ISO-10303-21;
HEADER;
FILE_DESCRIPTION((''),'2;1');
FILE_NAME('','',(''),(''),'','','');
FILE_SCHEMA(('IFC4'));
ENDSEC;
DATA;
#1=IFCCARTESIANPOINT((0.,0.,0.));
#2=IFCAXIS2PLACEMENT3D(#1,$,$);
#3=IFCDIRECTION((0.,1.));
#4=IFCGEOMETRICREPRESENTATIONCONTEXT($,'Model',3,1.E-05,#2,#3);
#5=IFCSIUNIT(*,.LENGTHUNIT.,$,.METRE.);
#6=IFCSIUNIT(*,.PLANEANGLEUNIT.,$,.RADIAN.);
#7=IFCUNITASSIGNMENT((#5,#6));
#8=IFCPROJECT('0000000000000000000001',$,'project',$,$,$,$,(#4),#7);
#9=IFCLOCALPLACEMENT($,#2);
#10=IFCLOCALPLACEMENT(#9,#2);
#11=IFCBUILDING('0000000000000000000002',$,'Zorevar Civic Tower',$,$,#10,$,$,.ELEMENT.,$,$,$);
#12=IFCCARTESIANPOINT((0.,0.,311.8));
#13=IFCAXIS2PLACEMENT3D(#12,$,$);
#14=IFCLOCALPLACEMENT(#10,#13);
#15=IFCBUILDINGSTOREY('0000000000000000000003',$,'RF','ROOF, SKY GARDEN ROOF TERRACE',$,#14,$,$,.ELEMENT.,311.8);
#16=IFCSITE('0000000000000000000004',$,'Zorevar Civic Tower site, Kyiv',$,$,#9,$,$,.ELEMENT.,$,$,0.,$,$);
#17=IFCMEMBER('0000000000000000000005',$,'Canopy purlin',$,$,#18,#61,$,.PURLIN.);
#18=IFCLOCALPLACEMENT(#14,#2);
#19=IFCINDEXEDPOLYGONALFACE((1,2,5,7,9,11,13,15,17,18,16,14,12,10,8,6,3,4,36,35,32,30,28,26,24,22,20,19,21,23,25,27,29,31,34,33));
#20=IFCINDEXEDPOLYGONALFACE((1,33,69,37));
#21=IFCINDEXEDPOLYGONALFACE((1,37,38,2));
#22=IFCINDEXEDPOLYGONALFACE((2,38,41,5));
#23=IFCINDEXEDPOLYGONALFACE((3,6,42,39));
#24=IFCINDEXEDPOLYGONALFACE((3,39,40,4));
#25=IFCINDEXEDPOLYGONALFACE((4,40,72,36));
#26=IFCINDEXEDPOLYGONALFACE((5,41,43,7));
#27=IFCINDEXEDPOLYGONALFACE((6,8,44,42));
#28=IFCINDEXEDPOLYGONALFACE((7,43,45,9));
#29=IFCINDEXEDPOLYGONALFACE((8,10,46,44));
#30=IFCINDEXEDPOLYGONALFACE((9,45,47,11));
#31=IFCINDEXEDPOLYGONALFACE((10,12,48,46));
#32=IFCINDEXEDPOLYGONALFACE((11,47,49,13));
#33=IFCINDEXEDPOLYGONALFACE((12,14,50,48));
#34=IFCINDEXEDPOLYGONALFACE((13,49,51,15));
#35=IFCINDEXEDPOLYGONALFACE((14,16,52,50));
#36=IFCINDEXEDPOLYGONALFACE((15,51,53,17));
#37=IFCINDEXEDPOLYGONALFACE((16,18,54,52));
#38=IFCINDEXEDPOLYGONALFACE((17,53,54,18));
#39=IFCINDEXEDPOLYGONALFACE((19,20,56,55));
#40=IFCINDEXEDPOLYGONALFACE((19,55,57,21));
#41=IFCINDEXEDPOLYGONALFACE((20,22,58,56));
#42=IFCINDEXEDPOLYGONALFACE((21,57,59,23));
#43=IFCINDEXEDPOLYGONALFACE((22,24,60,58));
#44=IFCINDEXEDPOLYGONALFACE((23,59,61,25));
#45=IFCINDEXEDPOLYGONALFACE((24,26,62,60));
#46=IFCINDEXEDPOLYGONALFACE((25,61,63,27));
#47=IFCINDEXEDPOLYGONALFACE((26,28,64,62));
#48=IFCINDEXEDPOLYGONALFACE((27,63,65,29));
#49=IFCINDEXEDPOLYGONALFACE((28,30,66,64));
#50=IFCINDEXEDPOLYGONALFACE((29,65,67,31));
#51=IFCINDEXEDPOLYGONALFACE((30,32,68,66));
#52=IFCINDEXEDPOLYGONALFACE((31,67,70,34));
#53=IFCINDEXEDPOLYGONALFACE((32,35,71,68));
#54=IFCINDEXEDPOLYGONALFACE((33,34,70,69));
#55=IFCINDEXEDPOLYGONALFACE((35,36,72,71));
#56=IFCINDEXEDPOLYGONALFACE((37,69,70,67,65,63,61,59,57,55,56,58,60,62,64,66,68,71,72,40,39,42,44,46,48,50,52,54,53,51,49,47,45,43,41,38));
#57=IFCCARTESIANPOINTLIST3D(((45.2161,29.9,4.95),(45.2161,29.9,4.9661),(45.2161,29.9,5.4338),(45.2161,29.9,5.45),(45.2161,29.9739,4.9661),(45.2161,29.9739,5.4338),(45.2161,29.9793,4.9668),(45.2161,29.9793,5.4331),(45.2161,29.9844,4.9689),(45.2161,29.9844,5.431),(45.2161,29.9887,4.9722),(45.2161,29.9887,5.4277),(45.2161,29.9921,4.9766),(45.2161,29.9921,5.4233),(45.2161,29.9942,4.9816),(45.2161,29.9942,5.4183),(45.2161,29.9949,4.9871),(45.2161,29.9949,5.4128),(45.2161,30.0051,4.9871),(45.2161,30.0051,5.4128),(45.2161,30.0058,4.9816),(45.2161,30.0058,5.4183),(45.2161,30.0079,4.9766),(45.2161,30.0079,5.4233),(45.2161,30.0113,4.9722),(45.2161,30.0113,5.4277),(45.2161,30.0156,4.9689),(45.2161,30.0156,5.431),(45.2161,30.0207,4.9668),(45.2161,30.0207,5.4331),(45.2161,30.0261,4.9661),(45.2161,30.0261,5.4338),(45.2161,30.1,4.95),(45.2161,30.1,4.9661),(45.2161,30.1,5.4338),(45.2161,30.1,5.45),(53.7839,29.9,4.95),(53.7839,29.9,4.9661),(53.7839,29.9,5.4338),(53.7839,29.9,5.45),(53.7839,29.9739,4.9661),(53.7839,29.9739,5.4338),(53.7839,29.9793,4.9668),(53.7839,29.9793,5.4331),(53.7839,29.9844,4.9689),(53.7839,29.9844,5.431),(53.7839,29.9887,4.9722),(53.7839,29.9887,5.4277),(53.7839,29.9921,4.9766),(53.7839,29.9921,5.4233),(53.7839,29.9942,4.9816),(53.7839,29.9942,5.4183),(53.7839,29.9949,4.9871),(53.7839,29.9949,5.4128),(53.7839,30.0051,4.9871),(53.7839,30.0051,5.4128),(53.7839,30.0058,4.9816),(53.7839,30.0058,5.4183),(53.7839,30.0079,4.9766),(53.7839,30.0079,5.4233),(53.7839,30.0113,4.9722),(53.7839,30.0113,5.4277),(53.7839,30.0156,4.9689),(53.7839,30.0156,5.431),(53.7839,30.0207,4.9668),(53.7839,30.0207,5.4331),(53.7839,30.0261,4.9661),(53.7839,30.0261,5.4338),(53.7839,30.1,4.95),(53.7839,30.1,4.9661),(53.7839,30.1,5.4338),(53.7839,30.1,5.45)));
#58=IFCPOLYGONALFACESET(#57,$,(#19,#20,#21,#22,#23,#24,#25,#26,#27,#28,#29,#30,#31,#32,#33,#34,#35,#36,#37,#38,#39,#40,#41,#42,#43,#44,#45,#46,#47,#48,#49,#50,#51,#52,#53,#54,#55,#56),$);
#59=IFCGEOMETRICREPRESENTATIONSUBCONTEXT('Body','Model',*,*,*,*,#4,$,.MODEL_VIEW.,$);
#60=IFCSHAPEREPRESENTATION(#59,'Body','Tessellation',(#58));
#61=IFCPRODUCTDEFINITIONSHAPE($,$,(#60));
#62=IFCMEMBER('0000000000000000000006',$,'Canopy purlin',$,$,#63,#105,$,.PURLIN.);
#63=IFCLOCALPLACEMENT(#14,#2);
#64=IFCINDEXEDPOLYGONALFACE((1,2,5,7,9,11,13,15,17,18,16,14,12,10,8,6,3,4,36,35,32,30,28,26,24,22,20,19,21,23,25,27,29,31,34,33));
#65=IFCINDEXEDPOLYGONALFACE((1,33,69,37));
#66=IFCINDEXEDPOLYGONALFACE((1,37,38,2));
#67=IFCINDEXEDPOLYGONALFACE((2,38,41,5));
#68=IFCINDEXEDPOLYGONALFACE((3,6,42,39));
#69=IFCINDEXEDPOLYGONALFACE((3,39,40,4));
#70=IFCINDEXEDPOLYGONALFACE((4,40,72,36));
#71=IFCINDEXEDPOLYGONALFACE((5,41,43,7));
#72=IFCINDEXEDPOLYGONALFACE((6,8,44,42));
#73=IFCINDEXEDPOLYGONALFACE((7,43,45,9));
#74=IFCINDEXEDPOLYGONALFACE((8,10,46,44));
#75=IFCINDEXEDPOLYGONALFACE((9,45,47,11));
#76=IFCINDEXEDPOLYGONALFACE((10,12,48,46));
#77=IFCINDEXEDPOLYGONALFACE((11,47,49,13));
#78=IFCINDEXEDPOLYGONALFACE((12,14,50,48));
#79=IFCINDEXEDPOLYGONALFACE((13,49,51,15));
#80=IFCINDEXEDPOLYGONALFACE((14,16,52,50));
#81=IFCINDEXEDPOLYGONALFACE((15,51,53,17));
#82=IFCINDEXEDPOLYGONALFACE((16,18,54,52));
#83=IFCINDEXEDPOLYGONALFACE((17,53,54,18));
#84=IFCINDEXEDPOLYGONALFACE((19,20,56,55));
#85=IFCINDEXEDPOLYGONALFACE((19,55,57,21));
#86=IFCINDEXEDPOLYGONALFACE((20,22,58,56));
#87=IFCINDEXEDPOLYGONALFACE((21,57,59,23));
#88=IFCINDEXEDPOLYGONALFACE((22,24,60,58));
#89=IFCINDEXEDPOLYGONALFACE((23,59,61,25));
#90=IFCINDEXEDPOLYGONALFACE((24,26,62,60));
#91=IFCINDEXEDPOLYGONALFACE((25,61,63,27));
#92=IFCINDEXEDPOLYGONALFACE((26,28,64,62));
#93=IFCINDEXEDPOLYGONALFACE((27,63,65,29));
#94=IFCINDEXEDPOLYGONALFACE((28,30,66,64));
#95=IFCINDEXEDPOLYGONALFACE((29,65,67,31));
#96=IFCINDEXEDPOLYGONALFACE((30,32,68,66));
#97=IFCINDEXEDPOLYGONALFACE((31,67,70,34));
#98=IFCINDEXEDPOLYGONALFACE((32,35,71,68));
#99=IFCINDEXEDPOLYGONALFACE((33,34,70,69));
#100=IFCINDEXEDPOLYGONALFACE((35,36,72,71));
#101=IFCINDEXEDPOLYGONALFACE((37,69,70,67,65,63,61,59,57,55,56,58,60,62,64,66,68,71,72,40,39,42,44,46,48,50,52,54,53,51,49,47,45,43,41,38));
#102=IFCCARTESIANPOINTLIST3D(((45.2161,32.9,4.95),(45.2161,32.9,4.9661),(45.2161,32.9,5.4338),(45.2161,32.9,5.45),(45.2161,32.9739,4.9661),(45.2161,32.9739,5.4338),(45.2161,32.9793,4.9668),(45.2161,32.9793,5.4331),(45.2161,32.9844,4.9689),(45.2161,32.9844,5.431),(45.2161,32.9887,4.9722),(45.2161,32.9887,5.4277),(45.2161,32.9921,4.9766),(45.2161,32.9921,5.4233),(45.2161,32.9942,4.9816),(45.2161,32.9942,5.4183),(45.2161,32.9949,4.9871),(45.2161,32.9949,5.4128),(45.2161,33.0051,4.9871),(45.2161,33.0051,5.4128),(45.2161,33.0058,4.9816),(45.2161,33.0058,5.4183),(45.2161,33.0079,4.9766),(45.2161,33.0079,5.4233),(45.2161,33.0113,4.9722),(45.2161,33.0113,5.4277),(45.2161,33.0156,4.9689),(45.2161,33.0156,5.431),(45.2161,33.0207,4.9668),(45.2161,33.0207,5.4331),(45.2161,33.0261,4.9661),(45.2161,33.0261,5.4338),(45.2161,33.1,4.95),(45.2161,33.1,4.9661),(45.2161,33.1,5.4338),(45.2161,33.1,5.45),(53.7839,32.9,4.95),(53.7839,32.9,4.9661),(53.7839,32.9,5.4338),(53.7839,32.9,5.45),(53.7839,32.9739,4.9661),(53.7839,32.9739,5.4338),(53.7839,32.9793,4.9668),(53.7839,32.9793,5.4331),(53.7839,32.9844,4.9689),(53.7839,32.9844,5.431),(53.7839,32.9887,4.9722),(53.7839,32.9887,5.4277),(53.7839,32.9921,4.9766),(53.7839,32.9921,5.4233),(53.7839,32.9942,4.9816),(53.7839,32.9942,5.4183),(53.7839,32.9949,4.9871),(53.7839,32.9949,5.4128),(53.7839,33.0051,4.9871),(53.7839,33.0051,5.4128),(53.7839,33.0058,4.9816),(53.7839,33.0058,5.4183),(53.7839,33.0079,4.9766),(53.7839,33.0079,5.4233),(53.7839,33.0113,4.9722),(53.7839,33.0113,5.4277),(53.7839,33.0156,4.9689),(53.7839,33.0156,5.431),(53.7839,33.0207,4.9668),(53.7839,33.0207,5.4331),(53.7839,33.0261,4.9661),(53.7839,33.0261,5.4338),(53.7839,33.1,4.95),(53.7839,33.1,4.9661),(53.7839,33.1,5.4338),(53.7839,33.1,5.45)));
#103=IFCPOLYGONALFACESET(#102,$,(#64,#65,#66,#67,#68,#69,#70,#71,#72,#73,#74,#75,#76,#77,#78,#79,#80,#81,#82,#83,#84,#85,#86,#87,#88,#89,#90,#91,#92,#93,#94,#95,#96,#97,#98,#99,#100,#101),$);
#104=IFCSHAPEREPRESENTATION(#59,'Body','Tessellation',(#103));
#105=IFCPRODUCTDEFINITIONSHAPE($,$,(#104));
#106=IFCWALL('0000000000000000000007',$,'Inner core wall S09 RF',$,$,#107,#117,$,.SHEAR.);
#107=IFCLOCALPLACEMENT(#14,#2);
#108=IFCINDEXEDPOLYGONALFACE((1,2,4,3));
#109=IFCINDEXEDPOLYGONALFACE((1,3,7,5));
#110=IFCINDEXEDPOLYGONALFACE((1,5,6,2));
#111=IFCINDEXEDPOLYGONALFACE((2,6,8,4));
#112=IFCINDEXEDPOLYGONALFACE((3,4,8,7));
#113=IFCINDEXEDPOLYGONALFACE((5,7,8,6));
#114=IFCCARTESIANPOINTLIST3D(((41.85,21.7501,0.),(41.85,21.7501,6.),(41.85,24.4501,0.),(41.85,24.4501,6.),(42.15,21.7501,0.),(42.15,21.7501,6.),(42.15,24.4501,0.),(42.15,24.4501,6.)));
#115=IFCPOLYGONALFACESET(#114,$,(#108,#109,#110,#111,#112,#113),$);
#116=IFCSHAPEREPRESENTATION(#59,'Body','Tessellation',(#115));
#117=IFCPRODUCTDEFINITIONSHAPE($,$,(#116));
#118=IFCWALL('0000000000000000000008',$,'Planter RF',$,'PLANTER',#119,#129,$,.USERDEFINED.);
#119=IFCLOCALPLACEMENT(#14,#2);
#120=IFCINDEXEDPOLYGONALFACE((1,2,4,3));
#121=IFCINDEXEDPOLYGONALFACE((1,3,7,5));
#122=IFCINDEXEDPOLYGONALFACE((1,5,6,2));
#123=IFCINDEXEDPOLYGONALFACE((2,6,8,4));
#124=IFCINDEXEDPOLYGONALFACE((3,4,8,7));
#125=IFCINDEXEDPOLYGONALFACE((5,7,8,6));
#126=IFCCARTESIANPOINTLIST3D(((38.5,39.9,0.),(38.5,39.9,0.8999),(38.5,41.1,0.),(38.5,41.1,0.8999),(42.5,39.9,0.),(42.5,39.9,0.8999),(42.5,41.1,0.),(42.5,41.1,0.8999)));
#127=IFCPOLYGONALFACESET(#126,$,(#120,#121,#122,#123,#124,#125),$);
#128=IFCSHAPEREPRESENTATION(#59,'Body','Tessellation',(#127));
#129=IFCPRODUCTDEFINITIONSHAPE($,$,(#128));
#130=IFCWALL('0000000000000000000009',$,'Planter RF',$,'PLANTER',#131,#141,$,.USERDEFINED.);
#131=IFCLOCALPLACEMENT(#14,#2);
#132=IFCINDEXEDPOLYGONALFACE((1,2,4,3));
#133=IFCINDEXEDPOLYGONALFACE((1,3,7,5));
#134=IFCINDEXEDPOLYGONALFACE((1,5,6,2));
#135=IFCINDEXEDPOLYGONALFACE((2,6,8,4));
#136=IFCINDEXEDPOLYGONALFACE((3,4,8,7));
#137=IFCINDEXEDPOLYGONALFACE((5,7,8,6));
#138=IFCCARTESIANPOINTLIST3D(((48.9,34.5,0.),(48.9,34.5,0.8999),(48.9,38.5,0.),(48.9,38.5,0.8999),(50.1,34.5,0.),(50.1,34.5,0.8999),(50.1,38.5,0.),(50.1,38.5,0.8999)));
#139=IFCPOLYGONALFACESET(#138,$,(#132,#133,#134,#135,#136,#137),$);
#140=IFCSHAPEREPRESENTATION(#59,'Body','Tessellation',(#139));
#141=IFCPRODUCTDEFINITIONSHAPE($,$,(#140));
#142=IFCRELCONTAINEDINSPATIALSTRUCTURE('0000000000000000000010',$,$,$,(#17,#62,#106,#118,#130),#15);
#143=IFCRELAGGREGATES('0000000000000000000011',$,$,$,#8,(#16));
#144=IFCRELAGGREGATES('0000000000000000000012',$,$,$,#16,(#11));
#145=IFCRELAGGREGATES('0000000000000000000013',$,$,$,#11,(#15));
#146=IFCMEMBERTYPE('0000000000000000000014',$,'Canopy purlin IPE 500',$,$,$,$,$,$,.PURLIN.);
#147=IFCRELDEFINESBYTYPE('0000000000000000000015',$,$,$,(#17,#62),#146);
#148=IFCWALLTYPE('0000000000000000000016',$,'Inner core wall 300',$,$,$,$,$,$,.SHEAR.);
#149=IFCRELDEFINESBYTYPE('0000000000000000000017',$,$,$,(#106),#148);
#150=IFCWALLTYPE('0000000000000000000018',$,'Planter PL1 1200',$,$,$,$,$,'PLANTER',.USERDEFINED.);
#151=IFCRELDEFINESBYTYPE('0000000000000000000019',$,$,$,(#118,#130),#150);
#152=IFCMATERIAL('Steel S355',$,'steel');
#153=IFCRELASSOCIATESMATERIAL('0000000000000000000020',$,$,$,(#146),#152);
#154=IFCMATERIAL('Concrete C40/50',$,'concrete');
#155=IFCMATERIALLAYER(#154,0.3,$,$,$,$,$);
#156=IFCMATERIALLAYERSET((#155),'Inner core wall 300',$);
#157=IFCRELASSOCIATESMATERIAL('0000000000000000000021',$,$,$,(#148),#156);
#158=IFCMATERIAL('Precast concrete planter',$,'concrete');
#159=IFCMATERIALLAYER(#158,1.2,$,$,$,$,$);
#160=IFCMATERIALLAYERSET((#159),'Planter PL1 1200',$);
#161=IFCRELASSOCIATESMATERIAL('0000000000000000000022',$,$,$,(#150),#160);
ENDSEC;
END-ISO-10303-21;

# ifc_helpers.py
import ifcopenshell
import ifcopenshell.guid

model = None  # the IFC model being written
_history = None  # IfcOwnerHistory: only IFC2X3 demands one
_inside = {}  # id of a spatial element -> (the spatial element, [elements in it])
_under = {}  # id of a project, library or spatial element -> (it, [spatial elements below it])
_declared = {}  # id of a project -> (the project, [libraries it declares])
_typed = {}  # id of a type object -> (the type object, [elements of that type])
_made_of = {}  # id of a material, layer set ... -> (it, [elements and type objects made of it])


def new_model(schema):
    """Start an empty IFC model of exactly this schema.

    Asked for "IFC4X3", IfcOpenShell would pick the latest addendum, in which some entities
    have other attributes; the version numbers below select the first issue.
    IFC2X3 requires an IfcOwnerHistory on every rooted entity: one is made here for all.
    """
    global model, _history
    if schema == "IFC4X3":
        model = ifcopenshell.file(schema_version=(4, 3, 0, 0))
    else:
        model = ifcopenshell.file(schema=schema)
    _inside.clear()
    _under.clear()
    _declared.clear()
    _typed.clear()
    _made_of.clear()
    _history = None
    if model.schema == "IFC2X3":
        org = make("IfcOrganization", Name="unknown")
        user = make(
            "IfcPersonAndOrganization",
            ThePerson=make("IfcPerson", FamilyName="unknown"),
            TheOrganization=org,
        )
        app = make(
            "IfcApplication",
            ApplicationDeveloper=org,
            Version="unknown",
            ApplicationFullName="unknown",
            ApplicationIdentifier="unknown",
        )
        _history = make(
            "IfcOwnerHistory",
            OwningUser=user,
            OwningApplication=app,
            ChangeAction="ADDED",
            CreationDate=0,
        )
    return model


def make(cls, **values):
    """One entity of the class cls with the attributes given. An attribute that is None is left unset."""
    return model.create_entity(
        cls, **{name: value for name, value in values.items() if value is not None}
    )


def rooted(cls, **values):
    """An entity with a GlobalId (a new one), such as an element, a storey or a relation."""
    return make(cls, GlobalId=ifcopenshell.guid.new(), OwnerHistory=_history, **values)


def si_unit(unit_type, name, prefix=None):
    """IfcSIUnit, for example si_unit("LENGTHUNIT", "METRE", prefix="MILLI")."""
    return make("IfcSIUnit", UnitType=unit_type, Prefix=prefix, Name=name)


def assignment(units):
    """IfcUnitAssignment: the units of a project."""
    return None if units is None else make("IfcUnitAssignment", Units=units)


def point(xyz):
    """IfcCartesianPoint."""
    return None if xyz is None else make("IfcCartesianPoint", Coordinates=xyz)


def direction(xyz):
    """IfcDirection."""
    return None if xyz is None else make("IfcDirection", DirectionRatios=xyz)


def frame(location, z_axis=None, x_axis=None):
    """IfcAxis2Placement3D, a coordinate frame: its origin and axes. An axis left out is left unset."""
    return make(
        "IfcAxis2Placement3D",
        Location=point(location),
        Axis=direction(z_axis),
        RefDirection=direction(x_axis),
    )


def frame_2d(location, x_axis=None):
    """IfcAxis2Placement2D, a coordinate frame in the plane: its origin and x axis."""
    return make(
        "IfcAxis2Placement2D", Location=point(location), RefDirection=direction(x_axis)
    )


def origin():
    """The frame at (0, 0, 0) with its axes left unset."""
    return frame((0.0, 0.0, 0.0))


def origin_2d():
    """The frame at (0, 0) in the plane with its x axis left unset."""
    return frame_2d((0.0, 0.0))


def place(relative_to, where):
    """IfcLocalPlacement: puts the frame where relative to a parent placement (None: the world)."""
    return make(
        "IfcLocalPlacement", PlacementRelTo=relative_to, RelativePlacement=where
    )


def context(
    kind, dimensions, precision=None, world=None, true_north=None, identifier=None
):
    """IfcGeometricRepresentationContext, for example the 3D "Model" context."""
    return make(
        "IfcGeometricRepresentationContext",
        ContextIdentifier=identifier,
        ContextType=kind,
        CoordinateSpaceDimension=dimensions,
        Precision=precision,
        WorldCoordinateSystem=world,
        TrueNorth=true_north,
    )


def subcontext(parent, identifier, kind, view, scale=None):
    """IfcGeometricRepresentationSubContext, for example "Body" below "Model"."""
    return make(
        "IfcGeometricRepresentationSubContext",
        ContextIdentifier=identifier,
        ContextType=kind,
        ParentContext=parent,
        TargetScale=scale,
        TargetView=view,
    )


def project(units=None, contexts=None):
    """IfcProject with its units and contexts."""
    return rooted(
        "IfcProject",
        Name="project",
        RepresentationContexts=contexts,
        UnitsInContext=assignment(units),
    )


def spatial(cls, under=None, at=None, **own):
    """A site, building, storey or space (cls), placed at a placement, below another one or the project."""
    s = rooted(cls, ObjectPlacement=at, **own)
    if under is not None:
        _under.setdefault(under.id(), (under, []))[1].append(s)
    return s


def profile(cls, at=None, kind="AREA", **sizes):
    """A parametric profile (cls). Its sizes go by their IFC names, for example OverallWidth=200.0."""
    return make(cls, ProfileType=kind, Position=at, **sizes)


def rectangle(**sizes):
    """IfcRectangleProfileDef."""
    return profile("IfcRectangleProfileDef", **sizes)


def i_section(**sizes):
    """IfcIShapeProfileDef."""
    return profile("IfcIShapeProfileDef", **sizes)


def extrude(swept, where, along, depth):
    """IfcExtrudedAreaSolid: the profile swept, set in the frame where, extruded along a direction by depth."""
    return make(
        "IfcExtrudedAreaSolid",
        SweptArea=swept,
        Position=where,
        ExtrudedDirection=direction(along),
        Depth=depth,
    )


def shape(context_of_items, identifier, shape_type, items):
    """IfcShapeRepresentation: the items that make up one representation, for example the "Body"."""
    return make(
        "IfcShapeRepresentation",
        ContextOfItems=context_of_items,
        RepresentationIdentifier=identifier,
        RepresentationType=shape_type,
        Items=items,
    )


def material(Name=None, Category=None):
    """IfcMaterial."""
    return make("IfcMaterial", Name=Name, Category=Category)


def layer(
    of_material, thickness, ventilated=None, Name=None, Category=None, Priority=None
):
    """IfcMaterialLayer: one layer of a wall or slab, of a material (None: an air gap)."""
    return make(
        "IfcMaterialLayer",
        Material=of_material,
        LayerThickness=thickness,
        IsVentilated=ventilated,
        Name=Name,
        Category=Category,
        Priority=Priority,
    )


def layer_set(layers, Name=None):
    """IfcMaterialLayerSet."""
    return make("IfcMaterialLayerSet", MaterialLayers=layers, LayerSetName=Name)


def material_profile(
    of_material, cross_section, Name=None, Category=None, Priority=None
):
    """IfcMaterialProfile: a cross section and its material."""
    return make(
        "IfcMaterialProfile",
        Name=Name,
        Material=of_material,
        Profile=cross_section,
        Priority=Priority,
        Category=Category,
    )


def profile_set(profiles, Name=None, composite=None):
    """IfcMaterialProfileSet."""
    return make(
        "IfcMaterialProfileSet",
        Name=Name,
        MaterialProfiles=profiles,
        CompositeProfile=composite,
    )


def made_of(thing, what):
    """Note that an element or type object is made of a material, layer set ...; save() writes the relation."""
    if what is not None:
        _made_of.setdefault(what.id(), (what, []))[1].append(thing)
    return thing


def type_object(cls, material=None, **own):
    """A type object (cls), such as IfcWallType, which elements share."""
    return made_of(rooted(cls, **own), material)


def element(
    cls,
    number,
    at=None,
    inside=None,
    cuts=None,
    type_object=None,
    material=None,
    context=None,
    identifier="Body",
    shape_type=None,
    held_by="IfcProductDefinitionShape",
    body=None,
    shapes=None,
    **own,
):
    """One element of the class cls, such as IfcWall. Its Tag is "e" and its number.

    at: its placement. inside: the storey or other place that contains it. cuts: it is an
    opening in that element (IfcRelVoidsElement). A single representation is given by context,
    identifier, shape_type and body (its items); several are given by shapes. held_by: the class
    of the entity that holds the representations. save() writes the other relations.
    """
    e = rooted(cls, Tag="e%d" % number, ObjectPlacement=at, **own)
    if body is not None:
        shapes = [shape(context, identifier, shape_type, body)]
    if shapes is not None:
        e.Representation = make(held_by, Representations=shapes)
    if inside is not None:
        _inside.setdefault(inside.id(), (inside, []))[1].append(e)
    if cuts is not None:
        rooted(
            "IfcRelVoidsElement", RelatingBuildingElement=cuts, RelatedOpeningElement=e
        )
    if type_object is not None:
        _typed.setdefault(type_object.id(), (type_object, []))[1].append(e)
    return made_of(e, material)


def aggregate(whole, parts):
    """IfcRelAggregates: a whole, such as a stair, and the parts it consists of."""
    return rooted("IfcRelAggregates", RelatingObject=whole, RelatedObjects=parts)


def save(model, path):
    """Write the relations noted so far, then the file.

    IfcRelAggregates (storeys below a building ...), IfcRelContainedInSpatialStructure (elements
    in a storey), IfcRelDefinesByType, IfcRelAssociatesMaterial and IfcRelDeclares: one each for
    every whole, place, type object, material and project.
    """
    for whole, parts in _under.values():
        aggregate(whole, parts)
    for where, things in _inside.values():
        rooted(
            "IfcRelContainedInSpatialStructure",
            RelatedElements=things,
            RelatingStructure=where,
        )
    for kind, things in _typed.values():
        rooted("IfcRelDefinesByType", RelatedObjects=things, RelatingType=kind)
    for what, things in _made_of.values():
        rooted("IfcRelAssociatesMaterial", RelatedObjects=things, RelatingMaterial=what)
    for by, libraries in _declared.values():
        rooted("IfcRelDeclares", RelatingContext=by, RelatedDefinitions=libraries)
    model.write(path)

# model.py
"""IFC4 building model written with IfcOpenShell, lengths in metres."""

from ifc_helpers import new_model, si_unit, direction, frame, frame_2d, origin, origin_2d, place, context, subcontext, project, spatial, rectangle, i_section, extrude, material, layer, layer_set, material_profile, profile_set, type_object, element, save


model = new_model("IFC4")

# Units and contexts
model_context = context("Model", 3, precision=1e-05, world=origin(), true_north=direction((0.0, 1.0)))
body_context = subcontext(model_context, "Body", "Model", "MODEL_VIEW")
ifc_project = project(units=[si_unit("LENGTHUNIT", "METRE"), si_unit("PLANEANGLEUNIT", "RADIAN")], contexts=[model_context])

# Site, building, storey
site_placement = place(None, origin())
site = spatial("IfcSite", under=ifc_project, at=site_placement, Name="Zorevar Civic Tower site, Kyiv", CompositionType="ELEMENT", RefElevation=0.0)
building_placement = place(site_placement, origin())
building = spatial("IfcBuilding", under=site, at=building_placement, Name="Zorevar Civic Tower", CompositionType="ELEMENT")
storey_placement = place(building_placement, frame((0.0, 0.0, 311.8)))
storey = spatial("IfcBuildingStorey", under=building, at=storey_placement, Name="RF", Description="ROOF, SKY GARDEN ROOF TERRACE", CompositionType="ELEMENT", Elevation=311.8)

# Members
ifc_material_1 = material(Name="Steel S355", Category="steel")
ifc_material_profile_1 = material_profile(ifc_material_1, i_section(OverallWidth=0.2, OverallDepth=0.5, WebThickness=0.0103, FlangeThickness=0.0161, FilletRadius=0.021, at=origin_2d()), Name="IPE 500")
ifc_profile_set_1 = profile_set([ifc_material_profile_1], Name="Steel S355")
member_type_1 = type_object("IfcMemberType", Name="Canopy purlin IPE 500", PredefinedType="PURLIN", material=ifc_profile_set_1)
for number, where, z_axis, x_axis, name in (
    (1, (45.2161, 30.0, 5.2), (1.0, 0.0, 0.0), (0.0, 1.0, 0.0), "Canopy purlin"),
    (2, (45.2161, 33.0, 5.2), (1.0, 0.0, 0.0), (0.0, 1.0, 0.0), "Canopy purlin"),
):
    element("IfcMember", number, at=place(storey_placement, frame(where, z_axis=z_axis, x_axis=x_axis)), inside=storey, type_object=member_type_1, Name=name, PredefinedType="PURLIN", context=body_context, shape_type="SweptSolid", body=[
        extrude(i_section(OverallWidth=0.2, OverallDepth=0.5, WebThickness=0.0103, FlangeThickness=0.0161, FilletRadius=0.021, at=origin_2d()), origin(), (0.0, 0.0, 1.0), 8.5679),
    ])

# Shared definitions
ifc_material_2 = material(Name="Concrete C40/50", Category="concrete")
ifc_layer_1 = layer(ifc_material_2, 0.3)
ifc_layer_set_1 = layer_set([ifc_layer_1], Name="Inner core wall 300")
wall_type_1 = type_object("IfcWallType", Name="Inner core wall 300", PredefinedType="SHEAR", material=ifc_layer_set_1)

# Walls
wall_1_placement = place(storey_placement, frame((42.0, 21.75, 0.0), z_axis=(0.0, 0.0, 1.0), x_axis=(0.0, 1.0, 0.0)))
element("IfcWall", 3, at=wall_1_placement, inside=storey, type_object=wall_type_1, Name="Inner core wall S09 RF", PredefinedType="SHEAR", context=body_context, shape_type="SweptSolid", body=[
    extrude(rectangle(XDim=2.7, YDim=0.3, at=frame_2d((1.3501, 0.0))), origin(), (0.0, 0.0, 1.0), 6.0),
])
ifc_material_3 = material(Name="Precast concrete planter", Category="concrete")
ifc_layer_2 = layer(ifc_material_3, 1.2)
ifc_layer_set_2 = layer_set([ifc_layer_2], Name="Planter PL1 1200")
wall_type_2 = type_object("IfcWallType", Name="Planter PL1 1200", ElementType="PLANTER", PredefinedType="USERDEFINED", material=ifc_layer_set_2)
for number, where, z_axis, x_axis, name in (
    (4, (38.5, 40.5, 0.0), (0.0, 0.0, 1.0), (1.0, 0.0, 0.0), "Planter RF"),
    (5, (49.5, 38.5, 0.0), (0.0, 0.0, 1.0), (0.0, -1.0, 0.0), "Planter RF"),
):
    element("IfcWall", number, at=place(storey_placement, frame(where, z_axis=z_axis, x_axis=x_axis)), inside=storey, type_object=wall_type_2, Name=name, ObjectType="PLANTER", PredefinedType="USERDEFINED", context=body_context, shape_type="SweptSolid", body=[
        extrude(rectangle(XDim=4.0, YDim=1.2, at=frame_2d((2.0, 0.0))), origin(), (0.0, 0.0, 1.0), 0.8999),
    ])

save(model, "model.ifc")
